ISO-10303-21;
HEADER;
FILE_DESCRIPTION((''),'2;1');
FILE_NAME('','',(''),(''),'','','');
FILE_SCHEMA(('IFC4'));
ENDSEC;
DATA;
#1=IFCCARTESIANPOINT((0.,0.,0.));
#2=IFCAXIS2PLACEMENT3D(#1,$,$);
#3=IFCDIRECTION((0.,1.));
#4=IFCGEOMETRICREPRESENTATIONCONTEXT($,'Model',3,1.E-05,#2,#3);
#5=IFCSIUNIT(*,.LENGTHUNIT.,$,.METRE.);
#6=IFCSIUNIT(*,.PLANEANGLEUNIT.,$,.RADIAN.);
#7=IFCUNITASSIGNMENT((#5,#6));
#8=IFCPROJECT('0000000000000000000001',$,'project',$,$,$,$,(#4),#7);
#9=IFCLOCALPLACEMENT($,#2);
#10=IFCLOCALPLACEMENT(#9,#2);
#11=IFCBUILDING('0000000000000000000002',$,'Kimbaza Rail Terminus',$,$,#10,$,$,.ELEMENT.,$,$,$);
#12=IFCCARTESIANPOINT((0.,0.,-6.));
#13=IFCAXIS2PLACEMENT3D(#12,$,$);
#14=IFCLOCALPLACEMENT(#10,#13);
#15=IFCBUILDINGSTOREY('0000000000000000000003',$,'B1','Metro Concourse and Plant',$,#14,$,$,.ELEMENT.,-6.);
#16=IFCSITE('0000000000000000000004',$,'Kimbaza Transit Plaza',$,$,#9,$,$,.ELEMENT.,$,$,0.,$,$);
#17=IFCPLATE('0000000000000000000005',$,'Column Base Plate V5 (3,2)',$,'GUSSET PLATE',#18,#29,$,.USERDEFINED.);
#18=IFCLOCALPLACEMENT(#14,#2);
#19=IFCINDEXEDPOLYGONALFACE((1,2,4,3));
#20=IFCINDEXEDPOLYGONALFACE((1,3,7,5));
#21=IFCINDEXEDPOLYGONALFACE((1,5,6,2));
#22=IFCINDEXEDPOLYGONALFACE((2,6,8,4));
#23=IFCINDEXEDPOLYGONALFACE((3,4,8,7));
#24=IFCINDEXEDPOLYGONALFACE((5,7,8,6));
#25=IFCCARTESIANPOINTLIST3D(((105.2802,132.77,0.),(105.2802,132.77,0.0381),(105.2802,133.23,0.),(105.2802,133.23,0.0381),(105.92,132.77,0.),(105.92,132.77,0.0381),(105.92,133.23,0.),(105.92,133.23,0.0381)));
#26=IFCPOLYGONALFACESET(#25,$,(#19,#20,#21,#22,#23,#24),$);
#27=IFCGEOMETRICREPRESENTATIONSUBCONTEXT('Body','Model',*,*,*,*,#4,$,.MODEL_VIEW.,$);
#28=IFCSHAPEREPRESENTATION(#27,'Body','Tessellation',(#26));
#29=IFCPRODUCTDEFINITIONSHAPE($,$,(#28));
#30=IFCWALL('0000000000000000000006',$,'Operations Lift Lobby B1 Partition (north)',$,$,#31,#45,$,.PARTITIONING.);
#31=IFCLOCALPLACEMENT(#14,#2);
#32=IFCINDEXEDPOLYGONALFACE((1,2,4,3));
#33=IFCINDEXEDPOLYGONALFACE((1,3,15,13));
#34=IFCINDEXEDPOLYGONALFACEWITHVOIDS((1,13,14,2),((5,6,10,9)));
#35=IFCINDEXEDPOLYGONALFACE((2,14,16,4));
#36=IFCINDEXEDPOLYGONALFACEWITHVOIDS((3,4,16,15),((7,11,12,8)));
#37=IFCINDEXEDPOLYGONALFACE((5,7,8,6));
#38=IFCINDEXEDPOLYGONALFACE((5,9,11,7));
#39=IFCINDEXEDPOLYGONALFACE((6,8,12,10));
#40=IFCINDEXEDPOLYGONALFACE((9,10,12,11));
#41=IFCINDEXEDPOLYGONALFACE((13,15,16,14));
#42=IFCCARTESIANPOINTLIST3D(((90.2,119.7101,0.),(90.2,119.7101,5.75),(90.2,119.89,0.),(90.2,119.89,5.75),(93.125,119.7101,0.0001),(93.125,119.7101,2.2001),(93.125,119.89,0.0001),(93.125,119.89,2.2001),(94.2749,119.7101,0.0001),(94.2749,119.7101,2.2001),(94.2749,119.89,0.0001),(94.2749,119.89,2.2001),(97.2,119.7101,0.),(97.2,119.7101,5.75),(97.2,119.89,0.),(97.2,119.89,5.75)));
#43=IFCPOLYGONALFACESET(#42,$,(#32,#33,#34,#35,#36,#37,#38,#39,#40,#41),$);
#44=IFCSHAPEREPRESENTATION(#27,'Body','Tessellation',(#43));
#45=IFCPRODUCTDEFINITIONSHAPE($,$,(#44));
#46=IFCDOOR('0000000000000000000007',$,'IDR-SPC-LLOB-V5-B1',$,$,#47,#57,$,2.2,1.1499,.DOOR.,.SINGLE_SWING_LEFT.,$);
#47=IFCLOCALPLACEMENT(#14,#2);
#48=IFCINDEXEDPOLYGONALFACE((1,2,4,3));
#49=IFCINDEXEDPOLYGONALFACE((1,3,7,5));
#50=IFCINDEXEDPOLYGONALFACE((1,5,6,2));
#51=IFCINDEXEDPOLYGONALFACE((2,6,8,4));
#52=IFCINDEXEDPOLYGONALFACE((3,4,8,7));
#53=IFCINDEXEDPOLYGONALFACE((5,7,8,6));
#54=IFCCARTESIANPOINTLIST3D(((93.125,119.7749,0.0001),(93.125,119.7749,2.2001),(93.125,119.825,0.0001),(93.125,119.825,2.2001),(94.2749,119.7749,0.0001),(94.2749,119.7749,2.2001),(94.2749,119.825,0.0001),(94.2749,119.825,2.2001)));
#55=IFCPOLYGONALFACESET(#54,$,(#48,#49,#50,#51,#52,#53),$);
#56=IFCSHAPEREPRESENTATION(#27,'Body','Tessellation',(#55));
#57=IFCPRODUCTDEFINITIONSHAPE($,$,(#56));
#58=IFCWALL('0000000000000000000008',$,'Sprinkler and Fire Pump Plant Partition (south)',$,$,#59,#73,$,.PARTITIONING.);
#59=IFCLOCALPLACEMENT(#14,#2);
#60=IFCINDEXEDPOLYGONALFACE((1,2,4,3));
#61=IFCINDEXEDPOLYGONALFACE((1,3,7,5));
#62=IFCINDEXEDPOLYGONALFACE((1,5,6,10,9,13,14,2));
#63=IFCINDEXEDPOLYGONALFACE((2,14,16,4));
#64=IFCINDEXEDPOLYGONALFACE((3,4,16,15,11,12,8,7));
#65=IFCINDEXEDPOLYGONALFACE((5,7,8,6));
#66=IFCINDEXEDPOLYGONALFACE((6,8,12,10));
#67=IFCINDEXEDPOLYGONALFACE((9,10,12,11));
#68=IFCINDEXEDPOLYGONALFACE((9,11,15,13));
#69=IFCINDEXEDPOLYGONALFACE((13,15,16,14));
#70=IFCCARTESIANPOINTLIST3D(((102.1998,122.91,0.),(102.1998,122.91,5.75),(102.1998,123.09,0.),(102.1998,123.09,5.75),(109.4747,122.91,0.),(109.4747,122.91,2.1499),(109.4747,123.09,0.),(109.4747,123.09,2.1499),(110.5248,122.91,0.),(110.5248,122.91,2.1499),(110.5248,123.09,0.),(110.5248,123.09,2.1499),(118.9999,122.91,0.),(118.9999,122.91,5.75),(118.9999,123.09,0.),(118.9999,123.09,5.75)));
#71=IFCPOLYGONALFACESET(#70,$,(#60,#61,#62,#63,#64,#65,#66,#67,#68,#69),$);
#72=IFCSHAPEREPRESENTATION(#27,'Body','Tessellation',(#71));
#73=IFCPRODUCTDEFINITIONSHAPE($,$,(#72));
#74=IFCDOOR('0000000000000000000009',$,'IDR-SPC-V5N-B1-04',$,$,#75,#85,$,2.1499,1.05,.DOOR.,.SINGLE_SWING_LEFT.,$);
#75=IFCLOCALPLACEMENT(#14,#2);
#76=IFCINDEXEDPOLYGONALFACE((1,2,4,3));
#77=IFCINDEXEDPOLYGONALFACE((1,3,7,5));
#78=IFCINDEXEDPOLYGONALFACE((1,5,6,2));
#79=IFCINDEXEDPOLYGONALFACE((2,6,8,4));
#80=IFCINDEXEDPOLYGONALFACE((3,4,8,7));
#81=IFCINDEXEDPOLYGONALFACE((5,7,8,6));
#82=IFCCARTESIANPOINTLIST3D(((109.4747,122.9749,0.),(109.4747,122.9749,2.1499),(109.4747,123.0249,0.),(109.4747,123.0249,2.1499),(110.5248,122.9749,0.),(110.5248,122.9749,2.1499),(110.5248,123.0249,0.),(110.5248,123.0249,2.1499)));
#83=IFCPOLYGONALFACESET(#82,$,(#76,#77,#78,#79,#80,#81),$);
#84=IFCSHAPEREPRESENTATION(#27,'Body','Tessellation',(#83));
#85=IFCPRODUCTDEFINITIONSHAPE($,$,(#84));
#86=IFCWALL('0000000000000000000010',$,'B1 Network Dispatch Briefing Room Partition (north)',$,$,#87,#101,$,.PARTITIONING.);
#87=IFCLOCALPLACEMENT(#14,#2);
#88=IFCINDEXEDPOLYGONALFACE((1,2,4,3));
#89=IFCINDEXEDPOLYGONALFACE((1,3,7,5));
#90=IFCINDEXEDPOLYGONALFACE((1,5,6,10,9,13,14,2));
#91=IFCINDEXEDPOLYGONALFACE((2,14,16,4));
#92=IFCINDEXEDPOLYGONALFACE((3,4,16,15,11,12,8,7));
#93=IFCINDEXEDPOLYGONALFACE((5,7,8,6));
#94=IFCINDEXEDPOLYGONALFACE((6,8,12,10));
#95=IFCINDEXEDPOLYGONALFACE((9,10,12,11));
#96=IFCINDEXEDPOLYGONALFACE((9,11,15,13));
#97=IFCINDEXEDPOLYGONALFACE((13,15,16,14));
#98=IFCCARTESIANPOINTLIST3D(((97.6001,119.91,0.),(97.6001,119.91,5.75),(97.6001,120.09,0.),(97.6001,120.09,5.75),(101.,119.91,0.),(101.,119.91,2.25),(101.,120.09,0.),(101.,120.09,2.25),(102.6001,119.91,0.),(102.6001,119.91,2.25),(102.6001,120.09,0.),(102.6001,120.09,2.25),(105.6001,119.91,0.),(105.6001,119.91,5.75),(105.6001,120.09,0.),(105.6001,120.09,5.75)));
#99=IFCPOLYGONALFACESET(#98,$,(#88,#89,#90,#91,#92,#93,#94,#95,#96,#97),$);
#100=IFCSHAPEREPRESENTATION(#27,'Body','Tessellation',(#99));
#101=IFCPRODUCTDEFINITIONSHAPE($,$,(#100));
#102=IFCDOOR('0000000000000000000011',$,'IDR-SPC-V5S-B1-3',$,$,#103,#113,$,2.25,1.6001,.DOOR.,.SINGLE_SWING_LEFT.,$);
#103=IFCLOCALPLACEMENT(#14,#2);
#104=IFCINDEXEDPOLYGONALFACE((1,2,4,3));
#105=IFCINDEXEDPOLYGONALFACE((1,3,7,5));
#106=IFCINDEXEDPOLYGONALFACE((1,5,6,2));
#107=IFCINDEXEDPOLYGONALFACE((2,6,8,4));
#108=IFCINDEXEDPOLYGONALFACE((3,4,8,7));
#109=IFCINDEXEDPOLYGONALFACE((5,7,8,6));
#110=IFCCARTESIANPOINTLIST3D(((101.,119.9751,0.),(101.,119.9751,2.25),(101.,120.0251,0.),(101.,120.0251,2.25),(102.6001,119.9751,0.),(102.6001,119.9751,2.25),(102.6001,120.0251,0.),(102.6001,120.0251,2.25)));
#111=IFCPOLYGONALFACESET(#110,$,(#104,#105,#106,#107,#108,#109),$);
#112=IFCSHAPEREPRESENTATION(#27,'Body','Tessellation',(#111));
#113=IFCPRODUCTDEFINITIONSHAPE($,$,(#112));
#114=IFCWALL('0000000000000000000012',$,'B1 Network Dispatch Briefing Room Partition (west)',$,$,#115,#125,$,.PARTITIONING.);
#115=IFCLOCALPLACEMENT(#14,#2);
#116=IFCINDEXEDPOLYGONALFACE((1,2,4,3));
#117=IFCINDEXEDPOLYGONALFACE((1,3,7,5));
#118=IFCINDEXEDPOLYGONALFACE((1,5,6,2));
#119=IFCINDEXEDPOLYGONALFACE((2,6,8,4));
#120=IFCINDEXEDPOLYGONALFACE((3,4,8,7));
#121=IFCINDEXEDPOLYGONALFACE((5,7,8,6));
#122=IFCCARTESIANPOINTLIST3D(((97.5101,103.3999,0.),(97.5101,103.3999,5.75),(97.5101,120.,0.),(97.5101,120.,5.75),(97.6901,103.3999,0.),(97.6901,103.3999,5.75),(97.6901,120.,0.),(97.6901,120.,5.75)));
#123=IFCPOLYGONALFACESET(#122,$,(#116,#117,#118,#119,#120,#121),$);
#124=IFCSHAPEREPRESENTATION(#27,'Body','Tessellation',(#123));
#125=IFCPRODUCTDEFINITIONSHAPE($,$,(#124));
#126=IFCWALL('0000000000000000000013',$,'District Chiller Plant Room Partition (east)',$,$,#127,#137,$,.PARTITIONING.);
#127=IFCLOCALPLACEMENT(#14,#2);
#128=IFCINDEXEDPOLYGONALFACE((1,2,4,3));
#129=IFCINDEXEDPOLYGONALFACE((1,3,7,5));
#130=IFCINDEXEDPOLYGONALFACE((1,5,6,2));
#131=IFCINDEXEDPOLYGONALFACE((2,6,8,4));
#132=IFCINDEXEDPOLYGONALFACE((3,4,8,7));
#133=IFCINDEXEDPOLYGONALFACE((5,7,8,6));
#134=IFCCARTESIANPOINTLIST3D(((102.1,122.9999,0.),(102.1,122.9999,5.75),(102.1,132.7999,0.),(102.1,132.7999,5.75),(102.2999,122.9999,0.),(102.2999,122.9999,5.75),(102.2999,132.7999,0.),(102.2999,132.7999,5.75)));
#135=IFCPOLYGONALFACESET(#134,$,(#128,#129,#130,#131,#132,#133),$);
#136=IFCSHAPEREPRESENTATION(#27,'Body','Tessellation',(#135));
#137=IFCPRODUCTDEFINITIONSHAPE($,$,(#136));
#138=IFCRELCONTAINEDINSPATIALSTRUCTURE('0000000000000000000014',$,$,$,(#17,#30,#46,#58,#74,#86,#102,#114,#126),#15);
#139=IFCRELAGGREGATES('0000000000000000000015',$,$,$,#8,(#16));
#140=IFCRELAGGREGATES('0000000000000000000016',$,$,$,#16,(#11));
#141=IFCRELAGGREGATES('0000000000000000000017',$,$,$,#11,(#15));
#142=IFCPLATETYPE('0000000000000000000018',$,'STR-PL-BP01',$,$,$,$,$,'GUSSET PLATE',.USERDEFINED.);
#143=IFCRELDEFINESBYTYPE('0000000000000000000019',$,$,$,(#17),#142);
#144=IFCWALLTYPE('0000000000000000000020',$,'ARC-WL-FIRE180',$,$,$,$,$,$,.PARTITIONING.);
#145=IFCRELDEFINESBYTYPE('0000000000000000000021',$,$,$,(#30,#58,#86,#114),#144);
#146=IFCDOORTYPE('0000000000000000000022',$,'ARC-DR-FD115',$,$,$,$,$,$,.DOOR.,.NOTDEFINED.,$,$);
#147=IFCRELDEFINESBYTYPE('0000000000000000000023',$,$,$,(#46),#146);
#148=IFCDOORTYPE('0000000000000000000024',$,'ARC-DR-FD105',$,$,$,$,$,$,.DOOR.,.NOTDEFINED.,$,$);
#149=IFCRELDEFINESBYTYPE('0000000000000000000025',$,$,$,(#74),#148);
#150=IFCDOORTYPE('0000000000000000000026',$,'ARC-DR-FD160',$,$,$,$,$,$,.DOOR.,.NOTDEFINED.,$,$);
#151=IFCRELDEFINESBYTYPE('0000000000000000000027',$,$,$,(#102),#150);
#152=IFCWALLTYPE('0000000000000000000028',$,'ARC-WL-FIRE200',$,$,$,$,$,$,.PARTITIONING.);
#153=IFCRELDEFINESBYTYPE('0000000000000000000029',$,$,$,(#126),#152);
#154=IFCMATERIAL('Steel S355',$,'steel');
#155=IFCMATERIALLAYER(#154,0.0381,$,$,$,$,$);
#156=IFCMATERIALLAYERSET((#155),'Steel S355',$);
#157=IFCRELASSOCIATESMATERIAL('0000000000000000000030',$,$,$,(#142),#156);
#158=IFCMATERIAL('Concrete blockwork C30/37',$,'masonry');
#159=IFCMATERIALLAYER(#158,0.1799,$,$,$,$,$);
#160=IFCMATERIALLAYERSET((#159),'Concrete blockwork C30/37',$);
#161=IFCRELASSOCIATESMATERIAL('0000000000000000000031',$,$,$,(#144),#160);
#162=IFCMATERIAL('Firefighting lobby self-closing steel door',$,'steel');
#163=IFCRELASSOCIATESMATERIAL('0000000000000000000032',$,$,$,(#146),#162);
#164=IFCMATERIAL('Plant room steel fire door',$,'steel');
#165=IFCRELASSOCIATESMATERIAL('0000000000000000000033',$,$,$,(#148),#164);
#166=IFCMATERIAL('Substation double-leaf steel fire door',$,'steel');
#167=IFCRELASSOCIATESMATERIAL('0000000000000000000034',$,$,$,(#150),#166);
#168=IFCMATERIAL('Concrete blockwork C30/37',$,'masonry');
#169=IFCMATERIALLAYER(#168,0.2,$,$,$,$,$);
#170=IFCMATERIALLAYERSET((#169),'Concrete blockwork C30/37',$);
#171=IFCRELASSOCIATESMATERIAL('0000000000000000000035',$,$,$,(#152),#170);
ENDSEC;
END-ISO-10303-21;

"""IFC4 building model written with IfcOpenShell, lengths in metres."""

from ifc_helpers import new_model, si_unit, direction, frame, frame_2d, origin, origin_2d, place, context, subcontext, project, spatial, rectangle, extrude, material, layer, layer_set, type_object, element, fill, save


model = new_model("IFC4")

# Units and contexts
model_context = context("Model", 3, precision=1e-05, world=origin(), true_north=direction((0.0, 1.0)))
body_context = subcontext(model_context, "Body", "Model", "MODEL_VIEW")
ifc_project = project(units=[si_unit("LENGTHUNIT", "METRE"), si_unit("PLANEANGLEUNIT", "RADIAN")], contexts=[model_context])

# Site, building, storey
site_placement = place(None, origin())
site = spatial("IfcSite", under=ifc_project, at=site_placement, Name="Kimbaza Transit Plaza", CompositionType="ELEMENT", RefElevation=0.0)
building_placement = place(site_placement, origin())
building = spatial("IfcBuilding", under=site, at=building_placement, Name="Kimbaza Rail Terminus", CompositionType="ELEMENT")
storey_placement = place(building_placement, frame((0.0, 0.0, -6.0)))
storey = spatial("IfcBuildingStorey", under=building, at=storey_placement, Name="B1", Description="Metro Concourse and Plant", CompositionType="ELEMENT", Elevation=-6.0)

# Plate
ifc_material_1 = material(Name="Steel S355", Category="steel")
ifc_layer_1 = layer(ifc_material_1, 0.0381)
ifc_layer_set_1 = layer_set([ifc_layer_1], Name="Steel S355")
plate_type = type_object("IfcPlateType", Name="STR-PL-BP01", ElementType="GUSSET PLATE", PredefinedType="USERDEFINED", material=ifc_layer_set_1)
for number, where, z_axis, x_axis, name in (
    (1, (105.6001, 133.0, 0.0), (0.0, 0.0, 1.0), (1.0, 0.0, 0.0), "Column Base Plate V5 (3,2)"),
):
    element("IfcPlate", number, at=place(storey_placement, frame(where, z_axis=z_axis, x_axis=x_axis)), inside=storey, type_object=plate_type, Name=name, ObjectType="GUSSET PLATE", PredefinedType="USERDEFINED", context=body_context, shape_type="SweptSolid", body=[
        extrude(rectangle(XDim=0.6399, YDim=0.46, at=origin_2d()), origin(), (0.0, 0.0, 1.0), 0.0381),
    ])

# Walls, openings, doors
ifc_material_2 = material(Name="Concrete blockwork C30/37", Category="masonry")
ifc_layer_2 = layer(ifc_material_2, 0.1799)
ifc_layer_set_2 = layer_set([ifc_layer_2], Name="Concrete blockwork C30/37")
wall_type_1 = type_object("IfcWallType", Name="ARC-WL-FIRE180", PredefinedType="PARTITIONING", material=ifc_layer_set_2)
wall_1_placement = place(storey_placement, frame((97.2, 119.8, 0.0), z_axis=(0.0, 0.0, 1.0), x_axis=(-1.0, 0.0, 0.0)))
wall_1 = element("IfcWall", 2, at=wall_1_placement, inside=storey, type_object=wall_type_1, Name="Operations Lift Lobby B1 Partition (north)", PredefinedType="PARTITIONING", context=body_context, shape_type="SweptSolid", body=[
    extrude(rectangle(XDim=7.0, YDim=0.1799, at=frame_2d((3.5, 0.0))), origin(), (0.0, 0.0, 1.0), 5.75),
])
opening_1_placement = place(wall_1_placement, frame((4.075, 0.0, 0.0), z_axis=(0.0, 0.0, 1.0), x_axis=(-1.0, 0.0, 0.0)))
opening_1 = element("IfcOpeningElement", 3, at=opening_1_placement, cuts=wall_1, PredefinedType="OPENING", context=body_context, shape_type="SweptSolid", body=[
    extrude(rectangle(XDim=1.1499, YDim=2.2, at=frame_2d((0.575, 1.1001))), frame((0.0, 0.0999, 0.0), z_axis=(0.0, -1.0, 0.0), x_axis=(1.0, 0.0, 0.0)), (0.0, 0.0, 1.0), 0.2),
])
ifc_material_3 = material(Name="Firefighting lobby self-closing steel door", Category="steel")
door_type_1 = type_object("IfcDoorType", Name="ARC-DR-FD115", OperationType="NOTDEFINED", PredefinedType="DOOR", material=ifc_material_3)
door_1_placement = place(opening_1_placement, origin())
door_1 = element("IfcDoor", 4, at=door_1_placement, inside=storey, type_object=door_type_1, Name="IDR-SPC-LLOB-V5-B1", OperationType="SINGLE_SWING_LEFT", OverallHeight=2.2, OverallWidth=1.1499, PredefinedType="DOOR", context=body_context, shape_type="SweptSolid", body=[
    extrude(rectangle(XDim=1.1499, YDim=2.2, at=frame_2d((0.575, 1.1001))), frame((0.0, 0.0249, 0.0), z_axis=(0.0, -1.0, 0.0), x_axis=(1.0, 0.0, 0.0)), (0.0, 0.0, 1.0), 0.05),
])
fill(opening_1, door_1)
wall_2_placement = place(storey_placement, frame((102.2, 123.0, 0.0), z_axis=(0.0, 0.0, 1.0), x_axis=(1.0, 0.0, 0.0)))
wall_2 = element("IfcWall", 5, at=wall_2_placement, inside=storey, type_object=wall_type_1, Name="Sprinkler and Fire Pump Plant Partition (south)", PredefinedType="PARTITIONING", context=body_context, shape_type="SweptSolid", body=[
    extrude(rectangle(XDim=16.8, YDim=0.1799, at=frame_2d((8.3999, 0.0))), origin(), (0.0, 0.0, 1.0), 5.75),
])
opening_2_placement = place(wall_2_placement, frame((7.2749, 0.0, 0.0)))
opening_2 = element("IfcOpeningElement", 6, at=opening_2_placement, cuts=wall_2, PredefinedType="OPENING", context=body_context, shape_type="SweptSolid", body=[
    extrude(rectangle(XDim=1.05, YDim=2.1499, at=frame_2d((0.5249, 1.075))), frame((0.0, 0.0999, 0.0), z_axis=(0.0, -1.0, 0.0), x_axis=(1.0, 0.0, 0.0)), (0.0, 0.0, 1.0), 0.2),
])
ifc_material_4 = material(Name="Plant room steel fire door", Category="steel")
door_type_2 = type_object("IfcDoorType", Name="ARC-DR-FD105", OperationType="NOTDEFINED", PredefinedType="DOOR", material=ifc_material_4)
door_2_placement = place(opening_2_placement, origin())
door_2 = element("IfcDoor", 7, at=door_2_placement, inside=storey, type_object=door_type_2, Name="IDR-SPC-V5N-B1-04", OperationType="SINGLE_SWING_LEFT", OverallHeight=2.1499, OverallWidth=1.05, PredefinedType="DOOR", context=body_context, shape_type="SweptSolid", body=[
    extrude(rectangle(XDim=1.05, YDim=2.1499, at=frame_2d((0.5249, 1.075))), frame((0.0, 0.0249, 0.0), z_axis=(0.0, -1.0, 0.0), x_axis=(1.0, 0.0, 0.0)), (0.0, 0.0, 1.0), 0.05),
])
fill(opening_2, door_2)
wall_3_placement = place(storey_placement, frame((105.6001, 120.0, 0.0), z_axis=(0.0, 0.0, 1.0), x_axis=(-1.0, 0.0, 0.0)))
wall_3 = element("IfcWall", 8, at=wall_3_placement, inside=storey, type_object=wall_type_1, Name="B1 Network Dispatch Briefing Room Partition (north)", PredefinedType="PARTITIONING", context=body_context, shape_type="SweptSolid", body=[
    extrude(rectangle(XDim=8.0, YDim=0.1799, at=frame_2d((4.0, 0.0))), origin(), (0.0, 0.0, 1.0), 5.75),
])
opening_3_placement = place(wall_3_placement, frame((3.0, 0.0, 0.0)))
opening_3 = element("IfcOpeningElement", 9, at=opening_3_placement, cuts=wall_3, PredefinedType="OPENING", context=body_context, shape_type="SweptSolid", body=[
    extrude(rectangle(XDim=1.6001, YDim=2.25, at=frame_2d((0.8, 1.125))), frame((0.0, 0.0999, 0.0), z_axis=(0.0, -1.0, 0.0), x_axis=(1.0, 0.0, 0.0)), (0.0, 0.0, 1.0), 0.2),
])
ifc_material_5 = material(Name="Substation double-leaf steel fire door", Category="steel")
door_type_3 = type_object("IfcDoorType", Name="ARC-DR-FD160", OperationType="NOTDEFINED", PredefinedType="DOOR", material=ifc_material_5)
door_3_placement = place(opening_3_placement, origin())
door_3 = element("IfcDoor", 10, at=door_3_placement, inside=storey, type_object=door_type_3, Name="IDR-SPC-V5S-B1-3", OperationType="SINGLE_SWING_LEFT", OverallHeight=2.25, OverallWidth=1.6001, PredefinedType="DOOR", context=body_context, shape_type="SweptSolid", body=[
    extrude(rectangle(XDim=1.6001, YDim=2.25, at=frame_2d((0.8, 1.125))), frame((0.0, 0.0249, 0.0), z_axis=(0.0, -1.0, 0.0), x_axis=(1.0, 0.0, 0.0)), (0.0, 0.0, 1.0), 0.05),
])
fill(opening_3, door_3)

# Walls
wall_4_placement = place(storey_placement, frame((97.6001, 120.0, 0.0), z_axis=(0.0, 0.0, 1.0), x_axis=(0.0, -1.0, 0.0)))
element("IfcWall", 11, at=wall_4_placement, inside=storey, type_object=wall_type_1, Name="B1 Network Dispatch Briefing Room Partition (west)", PredefinedType="PARTITIONING", context=body_context, shape_type="SweptSolid", body=[
    extrude(rectangle(XDim=16.6001, YDim=0.1799, at=frame_2d((8.3, 0.0))), origin(), (0.0, 0.0, 1.0), 5.75),
])
ifc_material_6 = material(Name="Concrete blockwork C30/37", Category="masonry")
ifc_layer_3 = layer(ifc_material_6, 0.2)
ifc_layer_set_3 = layer_set([ifc_layer_3], Name="Concrete blockwork C30/37")
wall_type_2 = type_object("IfcWallType", Name="ARC-WL-FIRE200", PredefinedType="PARTITIONING", material=ifc_layer_set_3)
wall_5_placement = place(storey_placement, frame((102.2, 123.0, 0.0), z_axis=(0.0, 0.0, 1.0), x_axis=(0.0, 1.0, 0.0)))
element("IfcWall", 12, at=wall_5_placement, inside=storey, type_object=wall_type_2, Name="District Chiller Plant Room Partition (east)", PredefinedType="PARTITIONING", context=body_context, shape_type="SweptSolid", body=[
    extrude(rectangle(XDim=9.8, YDim=0.2, at=frame_2d((4.8999, 0.0))), origin(), (0.0, 0.0, 1.0), 5.75),
])

save(model, "model.ifc")
